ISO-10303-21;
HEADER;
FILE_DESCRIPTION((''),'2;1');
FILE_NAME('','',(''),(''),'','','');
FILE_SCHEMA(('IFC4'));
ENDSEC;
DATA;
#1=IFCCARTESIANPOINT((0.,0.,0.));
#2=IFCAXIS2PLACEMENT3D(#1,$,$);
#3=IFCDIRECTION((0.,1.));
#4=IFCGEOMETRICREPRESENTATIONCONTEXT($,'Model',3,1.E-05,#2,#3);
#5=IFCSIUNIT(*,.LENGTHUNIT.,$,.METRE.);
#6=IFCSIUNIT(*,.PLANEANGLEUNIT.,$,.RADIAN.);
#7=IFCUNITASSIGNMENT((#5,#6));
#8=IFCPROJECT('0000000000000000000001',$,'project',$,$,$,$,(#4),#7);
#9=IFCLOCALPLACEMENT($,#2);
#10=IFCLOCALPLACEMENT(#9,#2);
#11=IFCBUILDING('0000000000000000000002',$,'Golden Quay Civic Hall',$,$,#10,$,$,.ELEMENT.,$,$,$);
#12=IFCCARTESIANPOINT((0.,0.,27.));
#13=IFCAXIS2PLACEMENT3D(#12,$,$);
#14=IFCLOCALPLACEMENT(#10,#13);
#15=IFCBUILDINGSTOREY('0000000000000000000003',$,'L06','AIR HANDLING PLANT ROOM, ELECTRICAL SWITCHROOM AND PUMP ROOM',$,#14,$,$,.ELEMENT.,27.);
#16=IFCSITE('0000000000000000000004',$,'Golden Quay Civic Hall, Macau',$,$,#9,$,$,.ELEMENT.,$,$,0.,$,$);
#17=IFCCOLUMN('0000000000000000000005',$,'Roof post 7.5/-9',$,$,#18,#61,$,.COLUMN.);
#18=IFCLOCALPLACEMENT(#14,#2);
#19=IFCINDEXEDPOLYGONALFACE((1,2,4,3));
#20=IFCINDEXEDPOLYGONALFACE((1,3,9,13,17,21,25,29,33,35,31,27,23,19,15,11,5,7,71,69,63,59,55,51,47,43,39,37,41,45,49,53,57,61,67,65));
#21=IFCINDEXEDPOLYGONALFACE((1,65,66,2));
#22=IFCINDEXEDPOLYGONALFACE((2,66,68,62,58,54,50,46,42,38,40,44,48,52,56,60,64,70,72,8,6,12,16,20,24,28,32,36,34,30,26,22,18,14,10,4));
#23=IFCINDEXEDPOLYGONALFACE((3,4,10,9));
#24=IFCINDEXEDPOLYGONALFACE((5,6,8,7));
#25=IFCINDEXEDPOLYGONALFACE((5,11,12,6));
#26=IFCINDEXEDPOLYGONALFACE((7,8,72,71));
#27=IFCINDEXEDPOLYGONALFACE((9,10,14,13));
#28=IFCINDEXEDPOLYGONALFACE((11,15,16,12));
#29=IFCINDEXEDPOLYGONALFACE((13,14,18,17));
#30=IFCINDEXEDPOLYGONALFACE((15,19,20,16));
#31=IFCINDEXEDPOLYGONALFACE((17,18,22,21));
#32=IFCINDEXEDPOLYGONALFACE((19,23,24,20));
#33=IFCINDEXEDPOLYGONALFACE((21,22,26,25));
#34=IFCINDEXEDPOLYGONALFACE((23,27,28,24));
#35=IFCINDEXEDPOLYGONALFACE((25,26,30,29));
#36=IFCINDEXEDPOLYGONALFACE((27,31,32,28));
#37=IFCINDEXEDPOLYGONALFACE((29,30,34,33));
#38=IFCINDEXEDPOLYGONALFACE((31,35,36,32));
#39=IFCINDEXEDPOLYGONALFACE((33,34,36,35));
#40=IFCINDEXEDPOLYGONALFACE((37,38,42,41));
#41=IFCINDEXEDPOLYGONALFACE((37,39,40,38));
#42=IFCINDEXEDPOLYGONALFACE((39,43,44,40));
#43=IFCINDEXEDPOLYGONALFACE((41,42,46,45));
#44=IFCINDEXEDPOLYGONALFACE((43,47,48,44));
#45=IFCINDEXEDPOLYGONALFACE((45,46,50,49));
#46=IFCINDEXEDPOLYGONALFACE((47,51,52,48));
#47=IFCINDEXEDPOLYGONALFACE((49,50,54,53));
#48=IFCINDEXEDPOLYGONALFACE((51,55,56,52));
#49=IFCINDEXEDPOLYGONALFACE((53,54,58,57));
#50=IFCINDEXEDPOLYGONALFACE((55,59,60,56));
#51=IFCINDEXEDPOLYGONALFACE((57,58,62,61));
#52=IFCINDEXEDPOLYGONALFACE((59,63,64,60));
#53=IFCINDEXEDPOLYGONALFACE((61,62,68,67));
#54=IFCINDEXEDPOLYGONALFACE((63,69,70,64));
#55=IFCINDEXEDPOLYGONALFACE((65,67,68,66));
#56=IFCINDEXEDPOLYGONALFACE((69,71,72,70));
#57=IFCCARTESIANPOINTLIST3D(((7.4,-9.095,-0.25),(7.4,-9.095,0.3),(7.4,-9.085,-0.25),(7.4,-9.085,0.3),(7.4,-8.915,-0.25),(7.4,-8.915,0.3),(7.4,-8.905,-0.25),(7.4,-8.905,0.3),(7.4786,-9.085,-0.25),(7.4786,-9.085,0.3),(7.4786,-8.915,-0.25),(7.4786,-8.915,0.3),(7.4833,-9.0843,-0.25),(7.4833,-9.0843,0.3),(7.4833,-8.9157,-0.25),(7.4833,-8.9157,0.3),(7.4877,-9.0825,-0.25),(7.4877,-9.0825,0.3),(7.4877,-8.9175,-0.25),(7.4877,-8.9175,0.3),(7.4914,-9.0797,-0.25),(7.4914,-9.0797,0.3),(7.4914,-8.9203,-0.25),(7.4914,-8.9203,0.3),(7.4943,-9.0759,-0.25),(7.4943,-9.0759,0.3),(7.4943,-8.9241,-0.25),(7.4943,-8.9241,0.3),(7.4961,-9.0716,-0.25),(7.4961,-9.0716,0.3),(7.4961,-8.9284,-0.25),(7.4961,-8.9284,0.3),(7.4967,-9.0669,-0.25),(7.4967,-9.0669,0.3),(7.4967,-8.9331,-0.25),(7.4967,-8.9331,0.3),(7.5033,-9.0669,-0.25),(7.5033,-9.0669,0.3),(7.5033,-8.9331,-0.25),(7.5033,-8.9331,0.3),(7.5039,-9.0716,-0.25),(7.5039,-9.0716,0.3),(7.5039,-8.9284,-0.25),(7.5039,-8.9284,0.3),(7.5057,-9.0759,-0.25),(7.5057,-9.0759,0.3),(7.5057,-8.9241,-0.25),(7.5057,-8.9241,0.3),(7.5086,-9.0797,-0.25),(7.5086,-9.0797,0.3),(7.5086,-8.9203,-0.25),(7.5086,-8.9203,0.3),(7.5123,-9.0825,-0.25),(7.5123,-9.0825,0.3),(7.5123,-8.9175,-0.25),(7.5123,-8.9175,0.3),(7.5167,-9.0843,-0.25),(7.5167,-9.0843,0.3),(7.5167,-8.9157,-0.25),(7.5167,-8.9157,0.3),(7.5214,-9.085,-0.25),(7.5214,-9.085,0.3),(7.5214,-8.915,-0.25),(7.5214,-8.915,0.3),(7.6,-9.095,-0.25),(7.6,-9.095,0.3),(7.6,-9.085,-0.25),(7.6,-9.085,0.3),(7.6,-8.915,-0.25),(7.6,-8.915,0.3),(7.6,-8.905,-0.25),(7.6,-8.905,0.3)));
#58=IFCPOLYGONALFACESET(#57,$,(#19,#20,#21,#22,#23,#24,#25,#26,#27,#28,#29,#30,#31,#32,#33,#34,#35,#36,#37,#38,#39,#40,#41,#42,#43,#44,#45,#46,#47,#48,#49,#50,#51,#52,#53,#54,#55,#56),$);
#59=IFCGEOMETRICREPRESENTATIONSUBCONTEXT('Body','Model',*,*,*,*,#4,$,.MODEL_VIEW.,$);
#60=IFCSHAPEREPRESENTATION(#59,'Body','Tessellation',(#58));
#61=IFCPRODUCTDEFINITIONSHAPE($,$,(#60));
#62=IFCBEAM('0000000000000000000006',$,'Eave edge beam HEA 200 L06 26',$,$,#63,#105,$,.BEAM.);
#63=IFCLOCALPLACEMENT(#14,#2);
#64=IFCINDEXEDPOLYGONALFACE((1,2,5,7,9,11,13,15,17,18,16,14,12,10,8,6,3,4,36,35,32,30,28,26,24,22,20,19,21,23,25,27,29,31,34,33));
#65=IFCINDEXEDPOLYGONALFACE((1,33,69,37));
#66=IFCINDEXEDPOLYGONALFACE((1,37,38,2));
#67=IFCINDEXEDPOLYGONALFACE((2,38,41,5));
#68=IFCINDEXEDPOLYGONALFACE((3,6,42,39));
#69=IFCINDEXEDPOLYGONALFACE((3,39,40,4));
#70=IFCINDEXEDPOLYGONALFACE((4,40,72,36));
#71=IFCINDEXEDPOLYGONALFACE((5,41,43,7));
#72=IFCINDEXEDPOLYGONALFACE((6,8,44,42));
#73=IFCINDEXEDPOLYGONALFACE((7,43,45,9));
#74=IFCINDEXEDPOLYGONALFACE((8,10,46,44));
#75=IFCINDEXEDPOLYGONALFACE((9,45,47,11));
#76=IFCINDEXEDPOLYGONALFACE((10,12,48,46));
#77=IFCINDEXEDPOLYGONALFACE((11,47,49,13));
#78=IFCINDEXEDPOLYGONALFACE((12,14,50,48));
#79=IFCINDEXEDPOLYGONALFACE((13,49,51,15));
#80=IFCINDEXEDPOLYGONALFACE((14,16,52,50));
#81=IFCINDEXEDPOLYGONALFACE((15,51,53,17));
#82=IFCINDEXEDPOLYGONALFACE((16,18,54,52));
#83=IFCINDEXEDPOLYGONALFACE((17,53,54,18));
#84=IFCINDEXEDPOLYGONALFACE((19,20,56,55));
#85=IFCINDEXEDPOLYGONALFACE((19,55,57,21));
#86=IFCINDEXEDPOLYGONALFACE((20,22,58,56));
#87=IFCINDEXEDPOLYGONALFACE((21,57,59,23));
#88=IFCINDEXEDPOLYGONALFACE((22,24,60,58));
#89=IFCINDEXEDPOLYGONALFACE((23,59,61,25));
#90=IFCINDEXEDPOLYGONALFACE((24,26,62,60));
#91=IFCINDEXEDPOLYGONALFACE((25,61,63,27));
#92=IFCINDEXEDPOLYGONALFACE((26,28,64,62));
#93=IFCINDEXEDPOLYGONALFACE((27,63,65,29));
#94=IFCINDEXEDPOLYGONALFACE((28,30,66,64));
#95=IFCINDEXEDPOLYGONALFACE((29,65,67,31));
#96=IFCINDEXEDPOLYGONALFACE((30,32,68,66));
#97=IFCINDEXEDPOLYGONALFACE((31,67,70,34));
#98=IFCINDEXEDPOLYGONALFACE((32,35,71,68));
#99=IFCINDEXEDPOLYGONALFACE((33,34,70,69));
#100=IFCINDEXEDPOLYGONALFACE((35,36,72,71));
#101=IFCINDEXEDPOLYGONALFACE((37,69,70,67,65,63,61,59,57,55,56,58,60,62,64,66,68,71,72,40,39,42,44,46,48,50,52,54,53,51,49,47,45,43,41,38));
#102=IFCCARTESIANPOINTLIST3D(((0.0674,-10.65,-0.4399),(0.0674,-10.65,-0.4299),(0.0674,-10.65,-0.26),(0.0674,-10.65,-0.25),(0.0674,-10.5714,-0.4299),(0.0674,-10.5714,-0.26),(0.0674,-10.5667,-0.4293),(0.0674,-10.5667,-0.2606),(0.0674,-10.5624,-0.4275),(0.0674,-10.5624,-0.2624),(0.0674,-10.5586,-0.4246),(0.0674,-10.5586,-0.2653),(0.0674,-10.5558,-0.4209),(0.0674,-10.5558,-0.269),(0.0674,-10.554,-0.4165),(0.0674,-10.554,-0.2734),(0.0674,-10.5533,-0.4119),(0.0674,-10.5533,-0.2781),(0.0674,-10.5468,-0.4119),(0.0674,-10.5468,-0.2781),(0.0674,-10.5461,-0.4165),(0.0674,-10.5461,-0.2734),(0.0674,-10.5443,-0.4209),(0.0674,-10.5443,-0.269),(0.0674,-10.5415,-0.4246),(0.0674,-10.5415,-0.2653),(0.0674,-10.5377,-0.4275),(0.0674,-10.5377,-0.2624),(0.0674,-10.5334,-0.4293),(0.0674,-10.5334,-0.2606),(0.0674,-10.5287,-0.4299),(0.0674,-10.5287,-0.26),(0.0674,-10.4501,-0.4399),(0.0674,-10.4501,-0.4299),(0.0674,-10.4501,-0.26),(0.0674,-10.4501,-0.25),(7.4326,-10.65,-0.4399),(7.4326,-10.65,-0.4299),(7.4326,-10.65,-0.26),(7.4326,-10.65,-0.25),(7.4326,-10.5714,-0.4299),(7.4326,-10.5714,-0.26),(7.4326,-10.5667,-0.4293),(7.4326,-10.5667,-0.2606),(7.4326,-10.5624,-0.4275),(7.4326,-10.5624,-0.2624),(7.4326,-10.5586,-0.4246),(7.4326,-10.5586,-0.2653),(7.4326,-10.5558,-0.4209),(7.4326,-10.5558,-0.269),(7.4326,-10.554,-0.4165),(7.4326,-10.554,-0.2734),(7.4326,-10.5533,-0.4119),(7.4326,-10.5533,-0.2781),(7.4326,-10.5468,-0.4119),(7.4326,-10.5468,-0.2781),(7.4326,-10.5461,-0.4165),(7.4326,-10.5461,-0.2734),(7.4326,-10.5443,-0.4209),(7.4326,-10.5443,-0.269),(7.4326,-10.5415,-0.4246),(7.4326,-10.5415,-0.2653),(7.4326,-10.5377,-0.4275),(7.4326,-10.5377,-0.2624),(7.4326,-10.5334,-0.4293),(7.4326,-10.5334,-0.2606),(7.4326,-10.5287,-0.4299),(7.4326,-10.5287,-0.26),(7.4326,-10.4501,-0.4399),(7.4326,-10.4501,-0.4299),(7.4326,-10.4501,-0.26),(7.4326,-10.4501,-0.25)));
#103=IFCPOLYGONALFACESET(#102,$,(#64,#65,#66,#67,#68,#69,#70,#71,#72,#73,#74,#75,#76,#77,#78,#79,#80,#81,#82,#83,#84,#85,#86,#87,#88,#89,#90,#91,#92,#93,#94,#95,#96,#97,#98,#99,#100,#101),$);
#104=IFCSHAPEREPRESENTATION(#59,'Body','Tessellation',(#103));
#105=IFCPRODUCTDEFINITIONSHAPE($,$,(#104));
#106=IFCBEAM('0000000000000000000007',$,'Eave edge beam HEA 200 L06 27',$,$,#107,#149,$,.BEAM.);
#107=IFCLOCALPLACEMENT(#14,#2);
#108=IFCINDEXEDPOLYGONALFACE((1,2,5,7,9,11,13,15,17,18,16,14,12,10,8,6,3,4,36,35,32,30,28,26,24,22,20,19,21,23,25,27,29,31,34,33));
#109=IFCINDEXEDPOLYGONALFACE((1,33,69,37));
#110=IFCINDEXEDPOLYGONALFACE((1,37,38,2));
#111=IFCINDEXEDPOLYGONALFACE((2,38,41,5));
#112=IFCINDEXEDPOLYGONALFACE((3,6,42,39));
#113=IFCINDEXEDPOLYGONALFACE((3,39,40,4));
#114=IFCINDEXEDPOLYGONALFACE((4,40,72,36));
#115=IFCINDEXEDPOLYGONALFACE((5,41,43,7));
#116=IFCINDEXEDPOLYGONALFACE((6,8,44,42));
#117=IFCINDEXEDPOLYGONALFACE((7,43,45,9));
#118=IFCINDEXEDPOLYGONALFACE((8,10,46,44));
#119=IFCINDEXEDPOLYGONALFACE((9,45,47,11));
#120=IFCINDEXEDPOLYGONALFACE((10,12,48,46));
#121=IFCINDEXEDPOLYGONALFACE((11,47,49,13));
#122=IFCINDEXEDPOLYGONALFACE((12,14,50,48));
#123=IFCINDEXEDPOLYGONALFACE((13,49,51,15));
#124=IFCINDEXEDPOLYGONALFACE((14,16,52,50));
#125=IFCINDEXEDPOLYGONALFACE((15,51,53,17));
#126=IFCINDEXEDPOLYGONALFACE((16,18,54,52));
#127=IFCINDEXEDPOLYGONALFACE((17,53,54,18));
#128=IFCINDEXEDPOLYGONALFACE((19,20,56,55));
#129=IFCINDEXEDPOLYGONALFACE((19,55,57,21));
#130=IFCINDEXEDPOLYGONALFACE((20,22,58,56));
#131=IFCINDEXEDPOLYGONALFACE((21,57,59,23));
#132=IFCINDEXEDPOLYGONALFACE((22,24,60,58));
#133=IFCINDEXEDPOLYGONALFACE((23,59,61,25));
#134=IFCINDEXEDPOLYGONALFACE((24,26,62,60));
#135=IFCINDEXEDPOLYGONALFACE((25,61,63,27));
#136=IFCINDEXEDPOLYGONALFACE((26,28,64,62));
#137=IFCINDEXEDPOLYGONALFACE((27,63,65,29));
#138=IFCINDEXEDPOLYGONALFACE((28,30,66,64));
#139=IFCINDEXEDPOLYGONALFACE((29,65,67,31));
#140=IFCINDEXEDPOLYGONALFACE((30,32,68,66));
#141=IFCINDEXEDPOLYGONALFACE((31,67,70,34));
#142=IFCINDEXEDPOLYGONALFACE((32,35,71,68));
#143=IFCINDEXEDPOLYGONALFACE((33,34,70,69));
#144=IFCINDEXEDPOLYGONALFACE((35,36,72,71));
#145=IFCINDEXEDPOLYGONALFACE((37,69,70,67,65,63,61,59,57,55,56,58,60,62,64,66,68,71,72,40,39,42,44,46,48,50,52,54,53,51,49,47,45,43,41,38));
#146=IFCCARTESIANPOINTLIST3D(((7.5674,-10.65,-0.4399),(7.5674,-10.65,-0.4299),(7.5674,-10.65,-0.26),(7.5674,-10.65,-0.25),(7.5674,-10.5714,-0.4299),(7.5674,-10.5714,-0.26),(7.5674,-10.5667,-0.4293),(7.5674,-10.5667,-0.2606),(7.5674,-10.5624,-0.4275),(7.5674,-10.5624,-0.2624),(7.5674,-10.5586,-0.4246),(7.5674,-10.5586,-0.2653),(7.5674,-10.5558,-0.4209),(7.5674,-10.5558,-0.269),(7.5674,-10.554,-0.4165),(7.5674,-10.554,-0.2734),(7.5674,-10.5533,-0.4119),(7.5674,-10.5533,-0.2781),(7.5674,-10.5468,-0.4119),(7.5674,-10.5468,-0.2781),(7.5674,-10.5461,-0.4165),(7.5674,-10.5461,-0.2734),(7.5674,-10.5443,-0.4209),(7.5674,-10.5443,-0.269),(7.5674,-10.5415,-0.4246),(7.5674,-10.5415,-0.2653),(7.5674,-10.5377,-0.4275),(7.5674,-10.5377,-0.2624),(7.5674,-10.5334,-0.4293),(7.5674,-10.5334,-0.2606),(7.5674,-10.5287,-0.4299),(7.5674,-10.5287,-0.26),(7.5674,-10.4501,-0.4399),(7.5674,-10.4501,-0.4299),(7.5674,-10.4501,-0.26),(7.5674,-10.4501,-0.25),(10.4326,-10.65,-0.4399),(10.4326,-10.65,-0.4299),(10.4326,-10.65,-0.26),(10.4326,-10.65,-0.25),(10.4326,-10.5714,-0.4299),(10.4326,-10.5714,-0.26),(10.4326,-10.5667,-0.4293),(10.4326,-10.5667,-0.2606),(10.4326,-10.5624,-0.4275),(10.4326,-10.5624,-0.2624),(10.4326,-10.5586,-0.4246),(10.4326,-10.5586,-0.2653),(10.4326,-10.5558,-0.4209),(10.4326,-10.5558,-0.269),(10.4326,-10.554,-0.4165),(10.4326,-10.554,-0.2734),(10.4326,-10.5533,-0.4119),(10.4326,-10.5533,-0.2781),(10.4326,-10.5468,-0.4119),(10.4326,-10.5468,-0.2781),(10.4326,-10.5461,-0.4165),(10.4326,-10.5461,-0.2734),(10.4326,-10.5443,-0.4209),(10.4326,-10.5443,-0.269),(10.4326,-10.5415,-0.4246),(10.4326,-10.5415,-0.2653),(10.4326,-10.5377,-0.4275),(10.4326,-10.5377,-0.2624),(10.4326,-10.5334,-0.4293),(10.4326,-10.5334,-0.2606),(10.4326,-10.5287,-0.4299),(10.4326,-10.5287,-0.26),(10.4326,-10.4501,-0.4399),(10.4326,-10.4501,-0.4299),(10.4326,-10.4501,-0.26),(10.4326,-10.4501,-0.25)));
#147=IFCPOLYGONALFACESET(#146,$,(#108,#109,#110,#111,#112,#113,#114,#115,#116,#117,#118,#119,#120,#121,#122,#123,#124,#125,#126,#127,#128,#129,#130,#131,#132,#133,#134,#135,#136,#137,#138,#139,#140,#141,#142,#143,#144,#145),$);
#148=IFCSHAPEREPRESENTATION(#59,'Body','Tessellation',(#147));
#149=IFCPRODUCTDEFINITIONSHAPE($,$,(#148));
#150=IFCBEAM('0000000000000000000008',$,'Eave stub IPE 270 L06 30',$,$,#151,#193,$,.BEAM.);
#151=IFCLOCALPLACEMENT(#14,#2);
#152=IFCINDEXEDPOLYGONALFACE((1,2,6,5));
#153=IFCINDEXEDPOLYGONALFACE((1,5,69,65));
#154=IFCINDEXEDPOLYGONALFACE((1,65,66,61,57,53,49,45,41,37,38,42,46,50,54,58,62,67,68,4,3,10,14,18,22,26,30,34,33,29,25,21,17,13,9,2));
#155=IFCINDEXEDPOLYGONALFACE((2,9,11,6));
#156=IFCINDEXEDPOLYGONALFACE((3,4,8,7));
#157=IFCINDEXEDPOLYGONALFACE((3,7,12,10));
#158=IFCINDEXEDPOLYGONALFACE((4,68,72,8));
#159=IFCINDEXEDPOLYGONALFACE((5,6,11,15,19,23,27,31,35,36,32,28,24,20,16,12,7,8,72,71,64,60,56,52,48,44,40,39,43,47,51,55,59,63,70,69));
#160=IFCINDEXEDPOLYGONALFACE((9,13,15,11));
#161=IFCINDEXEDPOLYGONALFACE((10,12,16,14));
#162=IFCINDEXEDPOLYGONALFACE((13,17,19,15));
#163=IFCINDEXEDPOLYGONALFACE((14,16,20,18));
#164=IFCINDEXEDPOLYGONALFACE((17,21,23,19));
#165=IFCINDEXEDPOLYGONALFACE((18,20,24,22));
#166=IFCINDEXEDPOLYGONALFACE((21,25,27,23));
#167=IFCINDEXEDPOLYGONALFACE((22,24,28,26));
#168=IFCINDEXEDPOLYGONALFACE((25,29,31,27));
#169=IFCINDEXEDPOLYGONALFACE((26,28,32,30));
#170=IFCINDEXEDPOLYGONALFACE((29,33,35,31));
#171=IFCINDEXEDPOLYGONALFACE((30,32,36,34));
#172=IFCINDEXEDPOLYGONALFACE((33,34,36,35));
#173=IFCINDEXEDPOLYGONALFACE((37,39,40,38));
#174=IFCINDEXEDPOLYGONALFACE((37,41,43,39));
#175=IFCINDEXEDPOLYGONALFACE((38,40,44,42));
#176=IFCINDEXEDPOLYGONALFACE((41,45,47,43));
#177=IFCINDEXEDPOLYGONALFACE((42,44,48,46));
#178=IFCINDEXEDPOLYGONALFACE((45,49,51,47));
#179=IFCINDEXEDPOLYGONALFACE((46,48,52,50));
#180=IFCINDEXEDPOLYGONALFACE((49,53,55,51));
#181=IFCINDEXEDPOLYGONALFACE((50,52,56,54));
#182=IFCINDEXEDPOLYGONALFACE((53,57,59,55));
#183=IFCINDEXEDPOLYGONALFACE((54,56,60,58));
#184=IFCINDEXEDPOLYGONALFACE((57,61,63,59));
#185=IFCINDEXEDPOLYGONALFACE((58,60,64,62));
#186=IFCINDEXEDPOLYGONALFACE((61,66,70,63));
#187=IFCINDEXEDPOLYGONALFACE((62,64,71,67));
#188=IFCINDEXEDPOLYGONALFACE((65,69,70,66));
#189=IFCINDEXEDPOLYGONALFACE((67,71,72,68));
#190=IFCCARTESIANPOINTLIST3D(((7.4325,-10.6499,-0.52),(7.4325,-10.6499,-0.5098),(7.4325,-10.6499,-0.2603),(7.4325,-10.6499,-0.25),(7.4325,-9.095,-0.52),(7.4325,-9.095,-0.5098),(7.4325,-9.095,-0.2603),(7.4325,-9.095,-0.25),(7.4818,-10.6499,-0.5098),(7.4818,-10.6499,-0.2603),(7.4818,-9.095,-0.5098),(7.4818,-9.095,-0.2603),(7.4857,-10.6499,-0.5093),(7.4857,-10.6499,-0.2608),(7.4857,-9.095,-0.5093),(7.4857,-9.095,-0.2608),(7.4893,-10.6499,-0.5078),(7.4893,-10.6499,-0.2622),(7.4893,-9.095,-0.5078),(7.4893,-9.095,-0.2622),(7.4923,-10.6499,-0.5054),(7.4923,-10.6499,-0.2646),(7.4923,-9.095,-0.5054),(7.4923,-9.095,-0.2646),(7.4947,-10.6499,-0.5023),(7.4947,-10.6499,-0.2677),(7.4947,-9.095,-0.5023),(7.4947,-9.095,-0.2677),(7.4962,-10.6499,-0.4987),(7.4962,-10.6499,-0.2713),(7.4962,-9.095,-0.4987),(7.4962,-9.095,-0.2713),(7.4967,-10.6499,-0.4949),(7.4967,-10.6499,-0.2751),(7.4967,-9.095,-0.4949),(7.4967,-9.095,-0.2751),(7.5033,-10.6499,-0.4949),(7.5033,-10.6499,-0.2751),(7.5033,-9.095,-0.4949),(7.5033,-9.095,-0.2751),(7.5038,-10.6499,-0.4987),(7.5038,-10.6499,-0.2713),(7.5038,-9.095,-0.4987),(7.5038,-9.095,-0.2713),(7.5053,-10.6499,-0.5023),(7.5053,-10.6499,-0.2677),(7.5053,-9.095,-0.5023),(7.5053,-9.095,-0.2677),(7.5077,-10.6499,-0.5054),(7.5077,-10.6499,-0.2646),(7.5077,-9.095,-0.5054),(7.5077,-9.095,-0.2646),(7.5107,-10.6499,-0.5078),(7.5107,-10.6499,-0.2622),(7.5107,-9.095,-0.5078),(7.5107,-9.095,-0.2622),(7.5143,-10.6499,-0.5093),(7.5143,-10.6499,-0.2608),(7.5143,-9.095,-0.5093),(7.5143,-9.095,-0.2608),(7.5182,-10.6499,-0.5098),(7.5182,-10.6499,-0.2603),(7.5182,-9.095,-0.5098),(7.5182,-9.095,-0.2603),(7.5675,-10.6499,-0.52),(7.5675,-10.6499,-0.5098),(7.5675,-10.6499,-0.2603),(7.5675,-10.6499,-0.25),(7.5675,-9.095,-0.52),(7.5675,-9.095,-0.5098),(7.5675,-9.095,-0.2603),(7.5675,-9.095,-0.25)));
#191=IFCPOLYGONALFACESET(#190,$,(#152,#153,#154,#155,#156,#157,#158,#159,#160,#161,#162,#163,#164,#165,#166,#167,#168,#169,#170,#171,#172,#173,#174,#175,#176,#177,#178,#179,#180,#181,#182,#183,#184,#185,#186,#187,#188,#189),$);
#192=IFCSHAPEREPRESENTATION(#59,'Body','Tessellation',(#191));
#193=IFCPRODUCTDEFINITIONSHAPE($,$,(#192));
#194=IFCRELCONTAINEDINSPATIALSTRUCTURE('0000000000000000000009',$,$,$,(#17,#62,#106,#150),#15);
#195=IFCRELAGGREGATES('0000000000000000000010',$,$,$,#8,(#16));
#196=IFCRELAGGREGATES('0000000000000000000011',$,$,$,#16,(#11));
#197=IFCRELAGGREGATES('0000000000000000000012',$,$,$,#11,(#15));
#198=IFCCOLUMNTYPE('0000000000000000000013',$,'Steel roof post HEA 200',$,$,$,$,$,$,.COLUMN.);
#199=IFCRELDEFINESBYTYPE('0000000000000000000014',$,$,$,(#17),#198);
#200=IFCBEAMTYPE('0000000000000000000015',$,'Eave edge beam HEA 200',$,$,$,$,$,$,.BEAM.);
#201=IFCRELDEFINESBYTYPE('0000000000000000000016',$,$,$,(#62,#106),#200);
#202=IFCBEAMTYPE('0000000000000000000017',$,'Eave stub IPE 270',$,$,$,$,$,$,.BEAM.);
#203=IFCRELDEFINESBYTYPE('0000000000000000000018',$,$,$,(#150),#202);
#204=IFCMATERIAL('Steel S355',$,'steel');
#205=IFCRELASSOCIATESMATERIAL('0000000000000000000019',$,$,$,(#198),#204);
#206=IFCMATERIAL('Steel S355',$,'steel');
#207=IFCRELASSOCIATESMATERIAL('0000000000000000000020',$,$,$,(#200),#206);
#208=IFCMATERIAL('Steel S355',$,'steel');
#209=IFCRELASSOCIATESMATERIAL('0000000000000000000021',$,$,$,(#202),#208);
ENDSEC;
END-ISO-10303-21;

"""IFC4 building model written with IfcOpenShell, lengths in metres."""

from ifc_helpers import new_model, si_unit, direction, frame, origin, origin_2d, place, context, subcontext, project, spatial, i_section, extrude, material, material_profile, profile_set, type_object, element, save


model = new_model("IFC4")

# Units and contexts
model_context = context("Model", 3, precision=1e-05, world=origin(), true_north=direction((0.0, 1.0)))
body_context = subcontext(model_context, "Body", "Model", "MODEL_VIEW")
ifc_project = project(units=[si_unit("LENGTHUNIT", "METRE"), si_unit("PLANEANGLEUNIT", "RADIAN")], contexts=[model_context])

# Site, building, storey
site_placement = place(None, origin())
site = spatial("IfcSite", under=ifc_project, at=site_placement, Name="Golden Quay Civic Hall, Macau", CompositionType="ELEMENT", RefElevation=0.0)
building_placement = place(site_placement, origin())
building = spatial("IfcBuilding", under=site, at=building_placement, Name="Golden Quay Civic Hall", CompositionType="ELEMENT")
storey_placement = place(building_placement, frame((0.0, 0.0, 27.0)))
storey = spatial("IfcBuildingStorey", under=building, at=storey_placement, Name="L06", Description="AIR HANDLING PLANT ROOM, ELECTRICAL SWITCHROOM AND PUMP ROOM", CompositionType="ELEMENT", Elevation=27.0)

# Column
ifc_material_1 = material(Name="Steel S355", Category="steel")
ifc_material_profile_1 = material_profile(ifc_material_1, i_section(OverallWidth=0.2, OverallDepth=0.1899, WebThickness=0.0066, FlangeThickness=0.01, FilletRadius=0.0181, at=origin_2d()), Name="HEA 200")
ifc_profile_set_1 = profile_set([ifc_material_profile_1], Name="Steel S355")
column_type = type_object("IfcColumnType", Name="Steel roof post HEA 200", PredefinedType="COLUMN", material=ifc_profile_set_1)
column_placement = place(storey_placement, frame((7.5, -9.0, -0.25), z_axis=(0.0, 0.0, 1.0), x_axis=(1.0, 0.0, 0.0)))
element("IfcColumn", 1, at=column_placement, inside=storey, type_object=column_type, Name="Roof post 7.5/-9", PredefinedType="COLUMN", context=body_context, shape_type="SweptSolid", body=[
    extrude(i_section(OverallWidth=0.2, OverallDepth=0.1899, WebThickness=0.0066, FlangeThickness=0.01, FilletRadius=0.0181, at=origin_2d()), origin(), (0.0, 0.0, 1.0), 0.55),
])

# Beams
ifc_material_2 = material(Name="Steel S355", Category="steel")
ifc_material_profile_2 = material_profile(ifc_material_2, i_section(OverallWidth=0.2, OverallDepth=0.1899, WebThickness=0.0066, FlangeThickness=0.01, FilletRadius=0.0181, at=origin_2d()), Name="HEA 200")
ifc_profile_set_2 = profile_set([ifc_material_profile_2], Name="Steel S355")
beam_type_1 = type_object("IfcBeamType", Name="Eave edge beam HEA 200", PredefinedType="BEAM", material=ifc_profile_set_2)
beam_1_placement = place(storey_placement, frame((0.0674, -10.55, -0.345), z_axis=(1.0, 0.0, 0.0), x_axis=(0.0, 1.0, 0.0)))
element("IfcBeam", 2, at=beam_1_placement, inside=storey, type_object=beam_type_1, Name="Eave edge beam HEA 200 L06 26", PredefinedType="BEAM", context=body_context, shape_type="SweptSolid", body=[
    extrude(i_section(OverallWidth=0.2, OverallDepth=0.1899, WebThickness=0.0066, FlangeThickness=0.01, FilletRadius=0.0181, at=origin_2d()), origin(), (0.0, 0.0, 1.0), 7.3652),
])
beam_2_placement = place(storey_placement, frame((7.5674, -10.55, -0.345), z_axis=(1.0, 0.0, 0.0), x_axis=(0.0, 1.0, 0.0)))
element("IfcBeam", 3, at=beam_2_placement, inside=storey, type_object=beam_type_1, Name="Eave edge beam HEA 200 L06 27", PredefinedType="BEAM", context=body_context, shape_type="SweptSolid", body=[
    extrude(i_section(OverallWidth=0.2, OverallDepth=0.1899, WebThickness=0.0066, FlangeThickness=0.01, FilletRadius=0.0181, at=origin_2d()), origin(), (0.0, 0.0, 1.0), 2.8652),
])
ifc_material_3 = material(Name="Steel S355", Category="steel")
ifc_material_profile_3 = material_profile(ifc_material_3, i_section(OverallWidth=0.135, OverallDepth=0.27, WebThickness=0.0066, FlangeThickness=0.0103, FilletRadius=0.0149, at=origin_2d()), Name="IPE 270")
ifc_profile_set_3 = profile_set([ifc_material_profile_3], Name="Steel S355")
beam_type_2 = type_object("IfcBeamType", Name="Eave stub IPE 270", PredefinedType="BEAM", material=ifc_profile_set_3)
beam_3_placement = place(storey_placement, frame((7.5, -9.095, -0.385), z_axis=(0.0, -1.0, 0.0), x_axis=(1.0, 0.0, 0.0)))
element("IfcBeam", 4, at=beam_3_placement, inside=storey, type_object=beam_type_2, Name="Eave stub IPE 270 L06 30", PredefinedType="BEAM", context=body_context, shape_type="SweptSolid", body=[
    extrude(i_section(OverallWidth=0.135, OverallDepth=0.27, WebThickness=0.0066, FlangeThickness=0.0103, FilletRadius=0.0149, at=origin_2d()), origin(), (0.0, 0.0, 1.0), 1.5549),
])

save(model, "model.ifc")
